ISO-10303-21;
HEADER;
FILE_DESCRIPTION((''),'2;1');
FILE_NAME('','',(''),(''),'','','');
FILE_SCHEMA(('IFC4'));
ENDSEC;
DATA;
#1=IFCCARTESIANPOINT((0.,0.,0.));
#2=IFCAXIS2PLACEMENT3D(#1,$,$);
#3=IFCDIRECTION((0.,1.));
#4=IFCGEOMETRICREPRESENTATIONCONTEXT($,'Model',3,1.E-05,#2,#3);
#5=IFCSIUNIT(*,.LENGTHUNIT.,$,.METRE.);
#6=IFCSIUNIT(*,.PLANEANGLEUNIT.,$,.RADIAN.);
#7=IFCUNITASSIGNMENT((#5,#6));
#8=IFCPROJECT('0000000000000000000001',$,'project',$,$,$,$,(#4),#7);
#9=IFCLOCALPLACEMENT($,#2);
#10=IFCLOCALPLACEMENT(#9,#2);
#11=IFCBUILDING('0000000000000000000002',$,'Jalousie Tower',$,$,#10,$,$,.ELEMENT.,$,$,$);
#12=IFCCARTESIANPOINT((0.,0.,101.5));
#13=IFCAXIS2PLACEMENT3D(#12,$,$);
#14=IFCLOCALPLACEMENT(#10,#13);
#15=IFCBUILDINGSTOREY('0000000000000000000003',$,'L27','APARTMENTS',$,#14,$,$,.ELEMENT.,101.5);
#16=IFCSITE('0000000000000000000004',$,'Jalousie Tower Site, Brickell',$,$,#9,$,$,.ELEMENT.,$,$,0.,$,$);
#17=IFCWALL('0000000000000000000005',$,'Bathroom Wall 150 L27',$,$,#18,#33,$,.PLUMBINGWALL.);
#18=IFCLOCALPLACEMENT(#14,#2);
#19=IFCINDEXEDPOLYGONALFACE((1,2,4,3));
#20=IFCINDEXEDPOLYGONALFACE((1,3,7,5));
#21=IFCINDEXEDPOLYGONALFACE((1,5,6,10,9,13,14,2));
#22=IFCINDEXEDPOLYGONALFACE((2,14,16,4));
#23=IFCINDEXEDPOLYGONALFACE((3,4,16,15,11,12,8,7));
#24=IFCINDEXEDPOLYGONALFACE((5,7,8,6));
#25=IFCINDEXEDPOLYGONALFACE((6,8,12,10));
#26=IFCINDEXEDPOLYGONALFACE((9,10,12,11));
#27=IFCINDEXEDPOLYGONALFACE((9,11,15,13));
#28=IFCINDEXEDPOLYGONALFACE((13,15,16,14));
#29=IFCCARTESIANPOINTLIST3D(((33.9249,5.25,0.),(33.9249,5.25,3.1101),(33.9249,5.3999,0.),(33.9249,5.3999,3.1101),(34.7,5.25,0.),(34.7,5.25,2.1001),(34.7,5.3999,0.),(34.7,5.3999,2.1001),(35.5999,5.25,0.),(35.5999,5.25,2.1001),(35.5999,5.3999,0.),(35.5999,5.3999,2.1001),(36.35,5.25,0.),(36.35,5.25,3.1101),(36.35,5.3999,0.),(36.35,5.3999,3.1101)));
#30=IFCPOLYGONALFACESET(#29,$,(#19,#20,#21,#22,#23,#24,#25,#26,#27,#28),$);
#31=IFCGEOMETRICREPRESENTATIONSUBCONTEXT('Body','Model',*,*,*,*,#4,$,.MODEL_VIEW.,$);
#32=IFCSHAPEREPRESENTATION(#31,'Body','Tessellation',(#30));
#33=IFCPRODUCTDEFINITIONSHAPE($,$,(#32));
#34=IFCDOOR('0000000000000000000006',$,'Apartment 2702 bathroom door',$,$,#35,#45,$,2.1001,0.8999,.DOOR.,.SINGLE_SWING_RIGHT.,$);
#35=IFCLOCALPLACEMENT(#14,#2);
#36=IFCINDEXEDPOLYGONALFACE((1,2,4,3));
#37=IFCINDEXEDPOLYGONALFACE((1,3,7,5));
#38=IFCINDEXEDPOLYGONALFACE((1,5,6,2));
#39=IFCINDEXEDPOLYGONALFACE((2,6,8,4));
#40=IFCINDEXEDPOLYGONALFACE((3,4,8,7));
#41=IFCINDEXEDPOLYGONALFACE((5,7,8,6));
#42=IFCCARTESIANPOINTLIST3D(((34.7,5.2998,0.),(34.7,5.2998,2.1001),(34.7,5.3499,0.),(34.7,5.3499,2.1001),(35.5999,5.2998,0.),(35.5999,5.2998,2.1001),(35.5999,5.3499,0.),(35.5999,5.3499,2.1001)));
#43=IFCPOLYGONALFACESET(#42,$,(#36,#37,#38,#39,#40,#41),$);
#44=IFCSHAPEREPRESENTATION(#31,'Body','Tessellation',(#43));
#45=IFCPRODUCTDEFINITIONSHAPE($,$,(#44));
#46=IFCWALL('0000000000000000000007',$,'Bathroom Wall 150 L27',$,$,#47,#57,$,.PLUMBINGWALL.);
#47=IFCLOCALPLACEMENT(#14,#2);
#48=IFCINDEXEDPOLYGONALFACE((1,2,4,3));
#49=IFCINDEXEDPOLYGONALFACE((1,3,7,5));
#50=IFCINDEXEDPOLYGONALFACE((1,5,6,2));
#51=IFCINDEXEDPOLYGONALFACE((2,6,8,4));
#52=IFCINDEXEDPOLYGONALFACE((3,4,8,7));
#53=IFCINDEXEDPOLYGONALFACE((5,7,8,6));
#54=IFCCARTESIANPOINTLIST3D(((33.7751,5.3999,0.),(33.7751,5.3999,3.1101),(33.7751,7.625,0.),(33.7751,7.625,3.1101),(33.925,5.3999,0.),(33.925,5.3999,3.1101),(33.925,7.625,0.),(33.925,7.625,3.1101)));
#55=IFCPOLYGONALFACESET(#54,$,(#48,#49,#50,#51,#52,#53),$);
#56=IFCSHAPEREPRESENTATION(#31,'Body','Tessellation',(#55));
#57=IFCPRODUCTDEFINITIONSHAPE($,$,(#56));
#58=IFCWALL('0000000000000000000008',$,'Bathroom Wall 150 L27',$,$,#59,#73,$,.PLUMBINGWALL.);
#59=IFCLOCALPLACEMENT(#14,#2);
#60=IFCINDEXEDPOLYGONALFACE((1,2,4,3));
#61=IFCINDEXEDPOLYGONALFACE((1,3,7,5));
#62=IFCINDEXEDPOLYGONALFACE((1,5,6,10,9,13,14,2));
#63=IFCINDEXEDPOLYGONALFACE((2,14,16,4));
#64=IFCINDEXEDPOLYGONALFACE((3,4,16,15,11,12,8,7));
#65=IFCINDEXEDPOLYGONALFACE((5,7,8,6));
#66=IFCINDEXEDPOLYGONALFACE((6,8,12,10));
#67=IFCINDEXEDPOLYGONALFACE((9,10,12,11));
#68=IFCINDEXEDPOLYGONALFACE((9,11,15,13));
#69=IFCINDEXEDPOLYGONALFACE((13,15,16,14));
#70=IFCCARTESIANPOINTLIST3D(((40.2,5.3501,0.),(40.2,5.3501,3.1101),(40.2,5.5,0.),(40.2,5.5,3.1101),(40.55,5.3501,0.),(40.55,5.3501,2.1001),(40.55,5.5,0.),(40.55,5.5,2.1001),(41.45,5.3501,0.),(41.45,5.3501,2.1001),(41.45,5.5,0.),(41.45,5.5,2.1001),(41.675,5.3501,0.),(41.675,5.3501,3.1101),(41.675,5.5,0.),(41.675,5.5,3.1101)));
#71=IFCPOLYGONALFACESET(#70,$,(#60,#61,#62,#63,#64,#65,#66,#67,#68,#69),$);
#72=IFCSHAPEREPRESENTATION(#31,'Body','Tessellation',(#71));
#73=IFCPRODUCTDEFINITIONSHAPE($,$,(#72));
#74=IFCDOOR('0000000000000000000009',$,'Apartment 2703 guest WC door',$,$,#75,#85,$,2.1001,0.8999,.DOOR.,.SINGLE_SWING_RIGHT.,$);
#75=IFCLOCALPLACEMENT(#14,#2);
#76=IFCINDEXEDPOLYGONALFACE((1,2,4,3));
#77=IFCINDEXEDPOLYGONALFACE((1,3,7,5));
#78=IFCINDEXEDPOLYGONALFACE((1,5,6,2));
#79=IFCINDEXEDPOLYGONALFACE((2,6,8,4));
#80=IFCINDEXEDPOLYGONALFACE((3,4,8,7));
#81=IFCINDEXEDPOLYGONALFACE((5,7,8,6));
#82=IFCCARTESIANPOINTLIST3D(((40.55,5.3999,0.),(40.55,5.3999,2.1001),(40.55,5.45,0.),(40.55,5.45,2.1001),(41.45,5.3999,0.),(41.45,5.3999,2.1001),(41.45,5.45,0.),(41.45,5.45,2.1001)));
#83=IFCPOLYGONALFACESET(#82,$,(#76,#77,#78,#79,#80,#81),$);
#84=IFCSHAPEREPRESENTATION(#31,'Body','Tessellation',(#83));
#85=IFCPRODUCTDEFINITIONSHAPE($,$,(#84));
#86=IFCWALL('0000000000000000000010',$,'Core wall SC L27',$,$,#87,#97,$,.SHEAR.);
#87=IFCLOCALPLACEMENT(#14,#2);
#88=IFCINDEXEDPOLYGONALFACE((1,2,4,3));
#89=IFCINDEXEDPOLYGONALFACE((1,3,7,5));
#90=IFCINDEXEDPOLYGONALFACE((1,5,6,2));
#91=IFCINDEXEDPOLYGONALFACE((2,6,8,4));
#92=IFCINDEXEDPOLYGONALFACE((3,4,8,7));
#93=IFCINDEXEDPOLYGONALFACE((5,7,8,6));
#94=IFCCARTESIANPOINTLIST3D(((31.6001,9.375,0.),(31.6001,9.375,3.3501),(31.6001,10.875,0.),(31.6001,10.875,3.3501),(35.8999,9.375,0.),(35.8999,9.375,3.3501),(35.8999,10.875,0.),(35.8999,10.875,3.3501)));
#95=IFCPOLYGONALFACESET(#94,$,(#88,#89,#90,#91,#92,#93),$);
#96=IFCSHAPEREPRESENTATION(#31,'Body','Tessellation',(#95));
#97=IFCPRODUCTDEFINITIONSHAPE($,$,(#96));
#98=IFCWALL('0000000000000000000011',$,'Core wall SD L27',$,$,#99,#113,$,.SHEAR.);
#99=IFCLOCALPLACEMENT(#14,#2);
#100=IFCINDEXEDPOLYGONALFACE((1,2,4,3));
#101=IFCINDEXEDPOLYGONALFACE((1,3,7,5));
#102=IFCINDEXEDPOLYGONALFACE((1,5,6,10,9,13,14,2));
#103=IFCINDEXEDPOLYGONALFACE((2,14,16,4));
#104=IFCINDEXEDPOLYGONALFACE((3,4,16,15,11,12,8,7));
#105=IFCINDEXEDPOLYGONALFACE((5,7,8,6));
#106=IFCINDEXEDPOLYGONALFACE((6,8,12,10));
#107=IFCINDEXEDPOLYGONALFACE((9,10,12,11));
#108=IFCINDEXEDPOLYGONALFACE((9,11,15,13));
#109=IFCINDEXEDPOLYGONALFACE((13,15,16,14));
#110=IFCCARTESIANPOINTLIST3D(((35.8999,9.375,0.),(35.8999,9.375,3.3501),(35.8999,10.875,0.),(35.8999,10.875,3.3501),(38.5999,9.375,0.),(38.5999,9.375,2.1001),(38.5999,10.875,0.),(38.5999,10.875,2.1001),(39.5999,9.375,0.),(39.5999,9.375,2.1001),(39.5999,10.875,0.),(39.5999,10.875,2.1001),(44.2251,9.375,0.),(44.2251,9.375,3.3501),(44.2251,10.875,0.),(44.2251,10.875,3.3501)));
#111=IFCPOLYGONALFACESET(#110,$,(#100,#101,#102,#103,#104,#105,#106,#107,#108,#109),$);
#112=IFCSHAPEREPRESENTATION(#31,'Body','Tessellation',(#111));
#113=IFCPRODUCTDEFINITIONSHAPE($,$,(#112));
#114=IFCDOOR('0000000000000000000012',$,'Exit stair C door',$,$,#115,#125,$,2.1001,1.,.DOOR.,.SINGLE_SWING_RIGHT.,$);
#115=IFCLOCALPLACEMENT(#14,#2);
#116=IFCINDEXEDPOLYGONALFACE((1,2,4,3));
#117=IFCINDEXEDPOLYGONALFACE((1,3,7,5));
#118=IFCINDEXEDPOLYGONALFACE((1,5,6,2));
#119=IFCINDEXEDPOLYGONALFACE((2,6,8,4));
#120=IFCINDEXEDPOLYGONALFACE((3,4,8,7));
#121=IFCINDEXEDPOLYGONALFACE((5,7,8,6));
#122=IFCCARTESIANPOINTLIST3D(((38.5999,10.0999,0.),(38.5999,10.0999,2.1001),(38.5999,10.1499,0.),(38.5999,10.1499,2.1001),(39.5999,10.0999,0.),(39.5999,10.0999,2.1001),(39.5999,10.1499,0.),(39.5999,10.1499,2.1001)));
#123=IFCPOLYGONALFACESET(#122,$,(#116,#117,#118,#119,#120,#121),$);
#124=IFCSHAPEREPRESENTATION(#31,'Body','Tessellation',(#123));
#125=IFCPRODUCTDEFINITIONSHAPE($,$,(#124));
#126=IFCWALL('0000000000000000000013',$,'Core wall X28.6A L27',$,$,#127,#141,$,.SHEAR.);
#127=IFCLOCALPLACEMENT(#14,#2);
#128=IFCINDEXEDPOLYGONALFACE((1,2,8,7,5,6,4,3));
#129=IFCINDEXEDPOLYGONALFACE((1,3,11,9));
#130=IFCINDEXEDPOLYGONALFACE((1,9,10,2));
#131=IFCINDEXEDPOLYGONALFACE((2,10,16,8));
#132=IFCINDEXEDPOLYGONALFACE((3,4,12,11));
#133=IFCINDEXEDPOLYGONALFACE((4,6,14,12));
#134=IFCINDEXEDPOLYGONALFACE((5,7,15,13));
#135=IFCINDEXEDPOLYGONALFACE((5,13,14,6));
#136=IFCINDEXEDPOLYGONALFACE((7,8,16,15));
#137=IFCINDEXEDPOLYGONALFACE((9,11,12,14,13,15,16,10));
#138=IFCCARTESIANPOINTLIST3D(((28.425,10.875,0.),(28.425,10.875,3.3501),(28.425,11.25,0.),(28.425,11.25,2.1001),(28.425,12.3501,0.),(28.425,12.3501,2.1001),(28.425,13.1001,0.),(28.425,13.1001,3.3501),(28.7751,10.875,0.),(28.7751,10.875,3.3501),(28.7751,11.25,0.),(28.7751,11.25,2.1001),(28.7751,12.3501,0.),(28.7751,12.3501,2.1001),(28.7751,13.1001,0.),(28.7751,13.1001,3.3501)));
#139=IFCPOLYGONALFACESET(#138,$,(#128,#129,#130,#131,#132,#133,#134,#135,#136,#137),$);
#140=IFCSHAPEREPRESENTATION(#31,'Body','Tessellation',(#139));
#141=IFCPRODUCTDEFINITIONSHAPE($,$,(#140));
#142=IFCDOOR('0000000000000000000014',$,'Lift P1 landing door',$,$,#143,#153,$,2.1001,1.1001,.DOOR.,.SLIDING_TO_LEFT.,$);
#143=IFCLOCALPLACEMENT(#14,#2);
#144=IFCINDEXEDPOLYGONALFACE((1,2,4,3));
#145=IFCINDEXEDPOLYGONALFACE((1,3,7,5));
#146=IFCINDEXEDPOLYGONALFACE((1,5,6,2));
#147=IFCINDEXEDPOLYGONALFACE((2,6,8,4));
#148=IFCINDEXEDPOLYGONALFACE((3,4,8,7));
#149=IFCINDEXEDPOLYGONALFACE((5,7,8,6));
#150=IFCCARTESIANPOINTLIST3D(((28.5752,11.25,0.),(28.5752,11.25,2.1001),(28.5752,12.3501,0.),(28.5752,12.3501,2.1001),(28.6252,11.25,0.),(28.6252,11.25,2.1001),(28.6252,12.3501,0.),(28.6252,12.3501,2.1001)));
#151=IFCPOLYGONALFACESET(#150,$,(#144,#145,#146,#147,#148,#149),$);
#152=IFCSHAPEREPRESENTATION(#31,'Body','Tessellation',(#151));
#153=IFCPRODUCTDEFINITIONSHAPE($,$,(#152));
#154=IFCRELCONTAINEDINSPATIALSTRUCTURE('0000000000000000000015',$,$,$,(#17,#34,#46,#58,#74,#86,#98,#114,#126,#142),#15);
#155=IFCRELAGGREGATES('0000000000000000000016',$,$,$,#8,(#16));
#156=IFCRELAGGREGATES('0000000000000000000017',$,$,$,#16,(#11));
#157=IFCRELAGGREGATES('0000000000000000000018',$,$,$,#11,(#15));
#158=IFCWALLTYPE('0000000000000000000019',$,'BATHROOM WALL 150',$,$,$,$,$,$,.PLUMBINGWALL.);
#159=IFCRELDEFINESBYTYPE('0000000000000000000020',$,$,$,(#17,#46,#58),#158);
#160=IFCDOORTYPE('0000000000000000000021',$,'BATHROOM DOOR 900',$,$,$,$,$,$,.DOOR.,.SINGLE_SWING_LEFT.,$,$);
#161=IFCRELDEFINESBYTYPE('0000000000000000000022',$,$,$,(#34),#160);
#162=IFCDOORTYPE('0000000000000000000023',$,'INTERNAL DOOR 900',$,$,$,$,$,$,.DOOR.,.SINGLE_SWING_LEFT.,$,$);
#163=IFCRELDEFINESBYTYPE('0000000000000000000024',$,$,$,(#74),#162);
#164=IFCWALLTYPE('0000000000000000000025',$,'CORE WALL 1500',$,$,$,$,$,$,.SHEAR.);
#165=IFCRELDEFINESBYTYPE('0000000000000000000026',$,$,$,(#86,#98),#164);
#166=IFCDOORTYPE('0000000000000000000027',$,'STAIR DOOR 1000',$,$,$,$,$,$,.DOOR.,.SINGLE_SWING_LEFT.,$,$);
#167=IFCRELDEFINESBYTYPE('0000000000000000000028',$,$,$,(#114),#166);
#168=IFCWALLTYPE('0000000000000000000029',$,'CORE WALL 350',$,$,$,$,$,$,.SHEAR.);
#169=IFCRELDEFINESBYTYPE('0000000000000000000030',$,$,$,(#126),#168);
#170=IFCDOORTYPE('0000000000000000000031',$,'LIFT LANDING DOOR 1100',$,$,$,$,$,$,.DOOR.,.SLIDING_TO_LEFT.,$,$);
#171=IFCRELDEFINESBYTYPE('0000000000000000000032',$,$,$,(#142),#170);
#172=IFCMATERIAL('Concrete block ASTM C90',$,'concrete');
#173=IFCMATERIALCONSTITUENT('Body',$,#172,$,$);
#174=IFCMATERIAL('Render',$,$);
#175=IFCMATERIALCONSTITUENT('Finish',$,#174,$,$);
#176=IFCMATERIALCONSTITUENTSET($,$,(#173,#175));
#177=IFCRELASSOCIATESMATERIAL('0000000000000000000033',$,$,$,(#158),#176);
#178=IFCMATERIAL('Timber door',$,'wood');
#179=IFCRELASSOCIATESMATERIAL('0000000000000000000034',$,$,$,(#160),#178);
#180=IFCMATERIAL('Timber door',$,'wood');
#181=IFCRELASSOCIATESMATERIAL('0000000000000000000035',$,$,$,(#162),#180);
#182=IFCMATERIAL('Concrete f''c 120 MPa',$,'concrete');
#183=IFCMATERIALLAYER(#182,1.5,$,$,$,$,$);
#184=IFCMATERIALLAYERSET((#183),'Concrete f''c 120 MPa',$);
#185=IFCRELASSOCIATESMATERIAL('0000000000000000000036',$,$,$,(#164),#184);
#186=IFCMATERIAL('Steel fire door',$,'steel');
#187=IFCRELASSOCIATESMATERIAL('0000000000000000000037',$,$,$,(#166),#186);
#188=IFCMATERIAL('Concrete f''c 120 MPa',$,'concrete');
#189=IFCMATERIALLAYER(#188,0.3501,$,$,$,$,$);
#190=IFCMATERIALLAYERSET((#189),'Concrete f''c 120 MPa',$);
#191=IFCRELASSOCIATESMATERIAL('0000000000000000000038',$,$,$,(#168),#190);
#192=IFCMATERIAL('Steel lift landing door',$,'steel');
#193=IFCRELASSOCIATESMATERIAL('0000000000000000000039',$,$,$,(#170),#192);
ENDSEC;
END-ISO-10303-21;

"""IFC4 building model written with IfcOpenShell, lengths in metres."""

from ifc_helpers import new_model, si_unit, direction, frame, frame_2d, origin, place, context, subcontext, project, spatial, rectangle, extrude, material, layer, layer_set, constituent, constituent_set, type_object, element, fill, save


model = new_model("IFC4")

# Units and contexts
model_context = context("Model", 3, precision=1e-05, world=origin(), true_north=direction((0.0, 1.0)))
body_context = subcontext(model_context, "Body", "Model", "MODEL_VIEW")
ifc_project = project(units=[si_unit("LENGTHUNIT", "METRE"), si_unit("PLANEANGLEUNIT", "RADIAN")], contexts=[model_context])

# Site, building, storey
site_placement = place(None, origin())
site = spatial("IfcSite", under=ifc_project, at=site_placement, Name="Jalousie Tower Site, Brickell", CompositionType="ELEMENT", RefElevation=0.0)
building_placement = place(site_placement, origin())
building = spatial("IfcBuilding", under=site, at=building_placement, Name="Jalousie Tower", CompositionType="ELEMENT")
storey_placement = place(building_placement, frame((0.0, 0.0, 101.5)))
storey = spatial("IfcBuildingStorey", under=building, at=storey_placement, Name="L27", Description="APARTMENTS", CompositionType="ELEMENT", Elevation=101.5)

# Wall, opening, door
ifc_material_1 = material(Name="Concrete block ASTM C90", Category="concrete")
ifc_constituent_1 = constituent(ifc_material_1, Name="Body")
ifc_material_2 = material(Name="Render")
ifc_constituent_2 = constituent(ifc_material_2, Name="Finish")
ifc_constituent_set_1 = constituent_set(constituents=[ifc_constituent_1, ifc_constituent_2])
wall_type_1 = type_object("IfcWallType", Name="BATHROOM WALL 150", PredefinedType="PLUMBINGWALL", material=ifc_constituent_set_1)
wall_1_placement = place(storey_placement, frame((33.925, 5.325, 0.0), z_axis=(0.0, 0.0, 1.0), x_axis=(1.0, 0.0, 0.0)))
wall_1 = element("IfcWall", 1, at=wall_1_placement, inside=storey, type_object=wall_type_1, Name="Bathroom Wall 150 L27", PredefinedType="PLUMBINGWALL", context=body_context, shape_type="SweptSolid", body=[
    extrude(rectangle(XDim=2.425, YDim=0.1499, at=frame_2d((1.2124, 0.0))), origin(), (0.0, 0.0, 1.0), 3.1101),
])
opening_1_placement = place(wall_1_placement, frame((0.7749, 0.0, 0.0)))
opening_1 = element("IfcOpeningElement", 2, at=opening_1_placement, cuts=wall_1, PredefinedType="OPENING", context=body_context, shape_type="SweptSolid", body=[
    extrude(rectangle(XDim=0.8999, YDim=2.1001, at=frame_2d((0.45, 1.05))), frame((0.0, 0.085, 0.0), z_axis=(0.0, -1.0, 0.0), x_axis=(1.0, 0.0, 0.0)), (0.0, 0.0, 1.0), 0.1699),
])
ifc_material_3 = material(Name="Timber door", Category="wood")
door_type_1 = type_object("IfcDoorType", Name="BATHROOM DOOR 900", OperationType="SINGLE_SWING_LEFT", PredefinedType="DOOR", material=ifc_material_3)
door_1_placement = place(opening_1_placement, origin())
door_1 = element("IfcDoor", 3, at=door_1_placement, inside=storey, type_object=door_type_1, Name="Apartment 2702 bathroom door", OperationType="SINGLE_SWING_RIGHT", OverallHeight=2.1001, OverallWidth=0.8999, PredefinedType="DOOR", context=body_context, shape_type="SweptSolid", body=[
    extrude(rectangle(XDim=0.8999, YDim=2.1001, at=frame_2d((0.45, 1.05))), frame((0.0, 0.0249, 0.0), z_axis=(0.0, -1.0, 0.0), x_axis=(1.0, 0.0, 0.0)), (0.0, 0.0, 1.0), 0.05),
])
fill(opening_1, door_1)

# Wall
wall_2_placement = place(storey_placement, frame((33.8501, 5.3999, 0.0), z_axis=(0.0, 0.0, 1.0), x_axis=(0.0, 1.0, 0.0)))
element("IfcWall", 4, at=wall_2_placement, inside=storey, type_object=wall_type_1, Name="Bathroom Wall 150 L27", PredefinedType="PLUMBINGWALL", context=body_context, shape_type="SweptSolid", body=[
    extrude(rectangle(XDim=2.2251, YDim=0.1499, at=frame_2d((1.1125, 0.0))), origin(), (0.0, 0.0, 1.0), 3.1101),
])

# Wall, opening, door
wall_3_placement = place(storey_placement, frame((40.2, 5.425, 0.0), z_axis=(0.0, 0.0, 1.0), x_axis=(1.0, 0.0, 0.0)))
wall_3 = element("IfcWall", 5, at=wall_3_placement, inside=storey, type_object=wall_type_1, Name="Bathroom Wall 150 L27", PredefinedType="PLUMBINGWALL", context=body_context, shape_type="SweptSolid", body=[
    extrude(rectangle(XDim=1.4751, YDim=0.1499, at=frame_2d((0.7375, 0.0))), origin(), (0.0, 0.0, 1.0), 3.1101),
])
opening_2_placement = place(wall_3_placement, frame((0.3501, 0.0, 0.0)))
opening_2 = element("IfcOpeningElement", 6, at=opening_2_placement, cuts=wall_3, PredefinedType="OPENING", context=body_context, shape_type="SweptSolid", body=[
    extrude(rectangle(XDim=0.8999, YDim=2.1001, at=frame_2d((0.45, 1.05))), frame((0.0, 0.085, 0.0), z_axis=(0.0, -1.0, 0.0), x_axis=(1.0, 0.0, 0.0)), (0.0, 0.0, 1.0), 0.1699),
])
ifc_material_4 = material(Name="Timber door", Category="wood")
door_type_2 = type_object("IfcDoorType", Name="INTERNAL DOOR 900", OperationType="SINGLE_SWING_LEFT", PredefinedType="DOOR", material=ifc_material_4)
door_2_placement = place(opening_2_placement, origin())
door_2 = element("IfcDoor", 7, at=door_2_placement, inside=storey, type_object=door_type_2, Name="Apartment 2703 guest WC door", OperationType="SINGLE_SWING_RIGHT", OverallHeight=2.1001, OverallWidth=0.8999, PredefinedType="DOOR", context=body_context, shape_type="SweptSolid", body=[
    extrude(rectangle(XDim=0.8999, YDim=2.1001, at=frame_2d((0.45, 1.05))), frame((0.0, 0.0249, 0.0), z_axis=(0.0, -1.0, 0.0), x_axis=(1.0, 0.0, 0.0)), (0.0, 0.0, 1.0), 0.05),
])
fill(opening_2, door_2)

# Wall
ifc_material_5 = material(Name="Concrete f'c 120 MPa", Category="concrete")
ifc_layer_1 = layer(ifc_material_5, 1.5)
ifc_layer_set_1 = layer_set([ifc_layer_1], Name="Concrete f'c 120 MPa")
wall_type_2 = type_object("IfcWallType", Name="CORE WALL 1500", PredefinedType="SHEAR", material=ifc_layer_set_1)
wall_4_placement = place(storey_placement, frame((31.6001, 10.125, 0.0), z_axis=(0.0, 0.0, 1.0), x_axis=(1.0, 0.0, 0.0)))
element("IfcWall", 8, at=wall_4_placement, inside=storey, type_object=wall_type_2, Name="Core wall SC L27", PredefinedType="SHEAR", context=body_context, shape_type="SweptSolid", body=[
    extrude(rectangle(XDim=4.2998, YDim=1.5, at=frame_2d((2.1499, 0.0))), origin(), (0.0, 0.0, 1.0), 3.3501),
])

# Walls, openings, doors
wall_5_placement = place(storey_placement, frame((35.8999, 10.125, 0.0), z_axis=(0.0, 0.0, 1.0), x_axis=(1.0, 0.0, 0.0)))
wall_5 = element("IfcWall", 9, at=wall_5_placement, inside=storey, type_object=wall_type_2, Name="Core wall SD L27", PredefinedType="SHEAR", context=body_context, shape_type="SweptSolid", body=[
    extrude(rectangle(XDim=8.3252, YDim=1.5, at=frame_2d((4.1626, 0.0))), origin(), (0.0, 0.0, 1.0), 3.3501),
])
opening_3_placement = place(wall_5_placement, frame((2.7, 0.0, 0.0)))
opening_3 = element("IfcOpeningElement", 10, at=opening_3_placement, cuts=wall_5, PredefinedType="OPENING", context=body_context, shape_type="SweptSolid", body=[
    extrude(rectangle(XDim=1.0, YDim=2.1001, at=frame_2d((0.5, 1.05))), frame((0.0, 0.76, 0.0), z_axis=(0.0, -1.0, 0.0), x_axis=(1.0, 0.0, 0.0)), (0.0, 0.0, 1.0), 1.52),
])
ifc_material_6 = material(Name="Steel fire door", Category="steel")
door_type_3 = type_object("IfcDoorType", Name="STAIR DOOR 1000", OperationType="SINGLE_SWING_LEFT", PredefinedType="DOOR", material=ifc_material_6)
door_3_placement = place(opening_3_placement, origin())
door_3 = element("IfcDoor", 11, at=door_3_placement, inside=storey, type_object=door_type_3, Name="Exit stair C door", OperationType="SINGLE_SWING_RIGHT", OverallHeight=2.1001, OverallWidth=1.0, PredefinedType="DOOR", context=body_context, shape_type="SweptSolid", body=[
    extrude(rectangle(XDim=1.0, YDim=2.1001, at=frame_2d((0.5, 1.05))), frame((0.0, 0.0249, 0.0), z_axis=(0.0, -1.0, 0.0), x_axis=(1.0, 0.0, 0.0)), (0.0, 0.0, 1.0), 0.05),
])
fill(opening_3, door_3)
ifc_material_7 = material(Name="Concrete f'c 120 MPa", Category="concrete")
ifc_layer_2 = layer(ifc_material_7, 0.3501)
ifc_layer_set_2 = layer_set([ifc_layer_2], Name="Concrete f'c 120 MPa")
wall_type_3 = type_object("IfcWallType", Name="CORE WALL 350", PredefinedType="SHEAR", material=ifc_layer_set_2)
wall_6_placement = place(storey_placement, frame((28.6001, 10.875, 0.0), z_axis=(0.0, 0.0, 1.0), x_axis=(0.0, 1.0, 0.0)))
wall_6 = element("IfcWall", 12, at=wall_6_placement, inside=storey, type_object=wall_type_3, Name="Core wall X28.6A L27", PredefinedType="SHEAR", context=body_context, shape_type="SweptSolid", body=[
    extrude(rectangle(XDim=2.2251, YDim=0.3501, at=frame_2d((1.1125, 0.0))), origin(), (0.0, 0.0, 1.0), 3.3501),
])
opening_4_placement = place(wall_6_placement, frame((0.375, 0.0, 0.0)))
opening_4 = element("IfcOpeningElement", 13, at=opening_4_placement, cuts=wall_6, PredefinedType="OPENING", context=body_context, shape_type="SweptSolid", body=[
    extrude(rectangle(XDim=1.1001, YDim=2.1001, at=frame_2d((0.55, 1.05))), frame((0.0, 0.1851, 0.0), z_axis=(0.0, -1.0, 0.0), x_axis=(1.0, 0.0, 0.0)), (0.0, 0.0, 1.0), 0.3701),
])
ifc_material_8 = material(Name="Steel lift landing door", Category="steel")
door_type_4 = type_object("IfcDoorType", Name="LIFT LANDING DOOR 1100", OperationType="SLIDING_TO_LEFT", PredefinedType="DOOR", material=ifc_material_8)
door_4_placement = place(opening_4_placement, origin())
door_4 = element("IfcDoor", 14, at=door_4_placement, inside=storey, type_object=door_type_4, Name="Lift P1 landing door", OperationType="SLIDING_TO_LEFT", OverallHeight=2.1001, OverallWidth=1.1001, PredefinedType="DOOR", context=body_context, shape_type="SweptSolid", body=[
    extrude(rectangle(XDim=1.1001, YDim=2.1001, at=frame_2d((0.55, 1.05))), frame((0.0, 0.0249, 0.0), z_axis=(0.0, -1.0, 0.0), x_axis=(1.0, 0.0, 0.0)), (0.0, 0.0, 1.0), 0.05),
])
fill(opening_4, door_4)

save(model, "model.ifc")
